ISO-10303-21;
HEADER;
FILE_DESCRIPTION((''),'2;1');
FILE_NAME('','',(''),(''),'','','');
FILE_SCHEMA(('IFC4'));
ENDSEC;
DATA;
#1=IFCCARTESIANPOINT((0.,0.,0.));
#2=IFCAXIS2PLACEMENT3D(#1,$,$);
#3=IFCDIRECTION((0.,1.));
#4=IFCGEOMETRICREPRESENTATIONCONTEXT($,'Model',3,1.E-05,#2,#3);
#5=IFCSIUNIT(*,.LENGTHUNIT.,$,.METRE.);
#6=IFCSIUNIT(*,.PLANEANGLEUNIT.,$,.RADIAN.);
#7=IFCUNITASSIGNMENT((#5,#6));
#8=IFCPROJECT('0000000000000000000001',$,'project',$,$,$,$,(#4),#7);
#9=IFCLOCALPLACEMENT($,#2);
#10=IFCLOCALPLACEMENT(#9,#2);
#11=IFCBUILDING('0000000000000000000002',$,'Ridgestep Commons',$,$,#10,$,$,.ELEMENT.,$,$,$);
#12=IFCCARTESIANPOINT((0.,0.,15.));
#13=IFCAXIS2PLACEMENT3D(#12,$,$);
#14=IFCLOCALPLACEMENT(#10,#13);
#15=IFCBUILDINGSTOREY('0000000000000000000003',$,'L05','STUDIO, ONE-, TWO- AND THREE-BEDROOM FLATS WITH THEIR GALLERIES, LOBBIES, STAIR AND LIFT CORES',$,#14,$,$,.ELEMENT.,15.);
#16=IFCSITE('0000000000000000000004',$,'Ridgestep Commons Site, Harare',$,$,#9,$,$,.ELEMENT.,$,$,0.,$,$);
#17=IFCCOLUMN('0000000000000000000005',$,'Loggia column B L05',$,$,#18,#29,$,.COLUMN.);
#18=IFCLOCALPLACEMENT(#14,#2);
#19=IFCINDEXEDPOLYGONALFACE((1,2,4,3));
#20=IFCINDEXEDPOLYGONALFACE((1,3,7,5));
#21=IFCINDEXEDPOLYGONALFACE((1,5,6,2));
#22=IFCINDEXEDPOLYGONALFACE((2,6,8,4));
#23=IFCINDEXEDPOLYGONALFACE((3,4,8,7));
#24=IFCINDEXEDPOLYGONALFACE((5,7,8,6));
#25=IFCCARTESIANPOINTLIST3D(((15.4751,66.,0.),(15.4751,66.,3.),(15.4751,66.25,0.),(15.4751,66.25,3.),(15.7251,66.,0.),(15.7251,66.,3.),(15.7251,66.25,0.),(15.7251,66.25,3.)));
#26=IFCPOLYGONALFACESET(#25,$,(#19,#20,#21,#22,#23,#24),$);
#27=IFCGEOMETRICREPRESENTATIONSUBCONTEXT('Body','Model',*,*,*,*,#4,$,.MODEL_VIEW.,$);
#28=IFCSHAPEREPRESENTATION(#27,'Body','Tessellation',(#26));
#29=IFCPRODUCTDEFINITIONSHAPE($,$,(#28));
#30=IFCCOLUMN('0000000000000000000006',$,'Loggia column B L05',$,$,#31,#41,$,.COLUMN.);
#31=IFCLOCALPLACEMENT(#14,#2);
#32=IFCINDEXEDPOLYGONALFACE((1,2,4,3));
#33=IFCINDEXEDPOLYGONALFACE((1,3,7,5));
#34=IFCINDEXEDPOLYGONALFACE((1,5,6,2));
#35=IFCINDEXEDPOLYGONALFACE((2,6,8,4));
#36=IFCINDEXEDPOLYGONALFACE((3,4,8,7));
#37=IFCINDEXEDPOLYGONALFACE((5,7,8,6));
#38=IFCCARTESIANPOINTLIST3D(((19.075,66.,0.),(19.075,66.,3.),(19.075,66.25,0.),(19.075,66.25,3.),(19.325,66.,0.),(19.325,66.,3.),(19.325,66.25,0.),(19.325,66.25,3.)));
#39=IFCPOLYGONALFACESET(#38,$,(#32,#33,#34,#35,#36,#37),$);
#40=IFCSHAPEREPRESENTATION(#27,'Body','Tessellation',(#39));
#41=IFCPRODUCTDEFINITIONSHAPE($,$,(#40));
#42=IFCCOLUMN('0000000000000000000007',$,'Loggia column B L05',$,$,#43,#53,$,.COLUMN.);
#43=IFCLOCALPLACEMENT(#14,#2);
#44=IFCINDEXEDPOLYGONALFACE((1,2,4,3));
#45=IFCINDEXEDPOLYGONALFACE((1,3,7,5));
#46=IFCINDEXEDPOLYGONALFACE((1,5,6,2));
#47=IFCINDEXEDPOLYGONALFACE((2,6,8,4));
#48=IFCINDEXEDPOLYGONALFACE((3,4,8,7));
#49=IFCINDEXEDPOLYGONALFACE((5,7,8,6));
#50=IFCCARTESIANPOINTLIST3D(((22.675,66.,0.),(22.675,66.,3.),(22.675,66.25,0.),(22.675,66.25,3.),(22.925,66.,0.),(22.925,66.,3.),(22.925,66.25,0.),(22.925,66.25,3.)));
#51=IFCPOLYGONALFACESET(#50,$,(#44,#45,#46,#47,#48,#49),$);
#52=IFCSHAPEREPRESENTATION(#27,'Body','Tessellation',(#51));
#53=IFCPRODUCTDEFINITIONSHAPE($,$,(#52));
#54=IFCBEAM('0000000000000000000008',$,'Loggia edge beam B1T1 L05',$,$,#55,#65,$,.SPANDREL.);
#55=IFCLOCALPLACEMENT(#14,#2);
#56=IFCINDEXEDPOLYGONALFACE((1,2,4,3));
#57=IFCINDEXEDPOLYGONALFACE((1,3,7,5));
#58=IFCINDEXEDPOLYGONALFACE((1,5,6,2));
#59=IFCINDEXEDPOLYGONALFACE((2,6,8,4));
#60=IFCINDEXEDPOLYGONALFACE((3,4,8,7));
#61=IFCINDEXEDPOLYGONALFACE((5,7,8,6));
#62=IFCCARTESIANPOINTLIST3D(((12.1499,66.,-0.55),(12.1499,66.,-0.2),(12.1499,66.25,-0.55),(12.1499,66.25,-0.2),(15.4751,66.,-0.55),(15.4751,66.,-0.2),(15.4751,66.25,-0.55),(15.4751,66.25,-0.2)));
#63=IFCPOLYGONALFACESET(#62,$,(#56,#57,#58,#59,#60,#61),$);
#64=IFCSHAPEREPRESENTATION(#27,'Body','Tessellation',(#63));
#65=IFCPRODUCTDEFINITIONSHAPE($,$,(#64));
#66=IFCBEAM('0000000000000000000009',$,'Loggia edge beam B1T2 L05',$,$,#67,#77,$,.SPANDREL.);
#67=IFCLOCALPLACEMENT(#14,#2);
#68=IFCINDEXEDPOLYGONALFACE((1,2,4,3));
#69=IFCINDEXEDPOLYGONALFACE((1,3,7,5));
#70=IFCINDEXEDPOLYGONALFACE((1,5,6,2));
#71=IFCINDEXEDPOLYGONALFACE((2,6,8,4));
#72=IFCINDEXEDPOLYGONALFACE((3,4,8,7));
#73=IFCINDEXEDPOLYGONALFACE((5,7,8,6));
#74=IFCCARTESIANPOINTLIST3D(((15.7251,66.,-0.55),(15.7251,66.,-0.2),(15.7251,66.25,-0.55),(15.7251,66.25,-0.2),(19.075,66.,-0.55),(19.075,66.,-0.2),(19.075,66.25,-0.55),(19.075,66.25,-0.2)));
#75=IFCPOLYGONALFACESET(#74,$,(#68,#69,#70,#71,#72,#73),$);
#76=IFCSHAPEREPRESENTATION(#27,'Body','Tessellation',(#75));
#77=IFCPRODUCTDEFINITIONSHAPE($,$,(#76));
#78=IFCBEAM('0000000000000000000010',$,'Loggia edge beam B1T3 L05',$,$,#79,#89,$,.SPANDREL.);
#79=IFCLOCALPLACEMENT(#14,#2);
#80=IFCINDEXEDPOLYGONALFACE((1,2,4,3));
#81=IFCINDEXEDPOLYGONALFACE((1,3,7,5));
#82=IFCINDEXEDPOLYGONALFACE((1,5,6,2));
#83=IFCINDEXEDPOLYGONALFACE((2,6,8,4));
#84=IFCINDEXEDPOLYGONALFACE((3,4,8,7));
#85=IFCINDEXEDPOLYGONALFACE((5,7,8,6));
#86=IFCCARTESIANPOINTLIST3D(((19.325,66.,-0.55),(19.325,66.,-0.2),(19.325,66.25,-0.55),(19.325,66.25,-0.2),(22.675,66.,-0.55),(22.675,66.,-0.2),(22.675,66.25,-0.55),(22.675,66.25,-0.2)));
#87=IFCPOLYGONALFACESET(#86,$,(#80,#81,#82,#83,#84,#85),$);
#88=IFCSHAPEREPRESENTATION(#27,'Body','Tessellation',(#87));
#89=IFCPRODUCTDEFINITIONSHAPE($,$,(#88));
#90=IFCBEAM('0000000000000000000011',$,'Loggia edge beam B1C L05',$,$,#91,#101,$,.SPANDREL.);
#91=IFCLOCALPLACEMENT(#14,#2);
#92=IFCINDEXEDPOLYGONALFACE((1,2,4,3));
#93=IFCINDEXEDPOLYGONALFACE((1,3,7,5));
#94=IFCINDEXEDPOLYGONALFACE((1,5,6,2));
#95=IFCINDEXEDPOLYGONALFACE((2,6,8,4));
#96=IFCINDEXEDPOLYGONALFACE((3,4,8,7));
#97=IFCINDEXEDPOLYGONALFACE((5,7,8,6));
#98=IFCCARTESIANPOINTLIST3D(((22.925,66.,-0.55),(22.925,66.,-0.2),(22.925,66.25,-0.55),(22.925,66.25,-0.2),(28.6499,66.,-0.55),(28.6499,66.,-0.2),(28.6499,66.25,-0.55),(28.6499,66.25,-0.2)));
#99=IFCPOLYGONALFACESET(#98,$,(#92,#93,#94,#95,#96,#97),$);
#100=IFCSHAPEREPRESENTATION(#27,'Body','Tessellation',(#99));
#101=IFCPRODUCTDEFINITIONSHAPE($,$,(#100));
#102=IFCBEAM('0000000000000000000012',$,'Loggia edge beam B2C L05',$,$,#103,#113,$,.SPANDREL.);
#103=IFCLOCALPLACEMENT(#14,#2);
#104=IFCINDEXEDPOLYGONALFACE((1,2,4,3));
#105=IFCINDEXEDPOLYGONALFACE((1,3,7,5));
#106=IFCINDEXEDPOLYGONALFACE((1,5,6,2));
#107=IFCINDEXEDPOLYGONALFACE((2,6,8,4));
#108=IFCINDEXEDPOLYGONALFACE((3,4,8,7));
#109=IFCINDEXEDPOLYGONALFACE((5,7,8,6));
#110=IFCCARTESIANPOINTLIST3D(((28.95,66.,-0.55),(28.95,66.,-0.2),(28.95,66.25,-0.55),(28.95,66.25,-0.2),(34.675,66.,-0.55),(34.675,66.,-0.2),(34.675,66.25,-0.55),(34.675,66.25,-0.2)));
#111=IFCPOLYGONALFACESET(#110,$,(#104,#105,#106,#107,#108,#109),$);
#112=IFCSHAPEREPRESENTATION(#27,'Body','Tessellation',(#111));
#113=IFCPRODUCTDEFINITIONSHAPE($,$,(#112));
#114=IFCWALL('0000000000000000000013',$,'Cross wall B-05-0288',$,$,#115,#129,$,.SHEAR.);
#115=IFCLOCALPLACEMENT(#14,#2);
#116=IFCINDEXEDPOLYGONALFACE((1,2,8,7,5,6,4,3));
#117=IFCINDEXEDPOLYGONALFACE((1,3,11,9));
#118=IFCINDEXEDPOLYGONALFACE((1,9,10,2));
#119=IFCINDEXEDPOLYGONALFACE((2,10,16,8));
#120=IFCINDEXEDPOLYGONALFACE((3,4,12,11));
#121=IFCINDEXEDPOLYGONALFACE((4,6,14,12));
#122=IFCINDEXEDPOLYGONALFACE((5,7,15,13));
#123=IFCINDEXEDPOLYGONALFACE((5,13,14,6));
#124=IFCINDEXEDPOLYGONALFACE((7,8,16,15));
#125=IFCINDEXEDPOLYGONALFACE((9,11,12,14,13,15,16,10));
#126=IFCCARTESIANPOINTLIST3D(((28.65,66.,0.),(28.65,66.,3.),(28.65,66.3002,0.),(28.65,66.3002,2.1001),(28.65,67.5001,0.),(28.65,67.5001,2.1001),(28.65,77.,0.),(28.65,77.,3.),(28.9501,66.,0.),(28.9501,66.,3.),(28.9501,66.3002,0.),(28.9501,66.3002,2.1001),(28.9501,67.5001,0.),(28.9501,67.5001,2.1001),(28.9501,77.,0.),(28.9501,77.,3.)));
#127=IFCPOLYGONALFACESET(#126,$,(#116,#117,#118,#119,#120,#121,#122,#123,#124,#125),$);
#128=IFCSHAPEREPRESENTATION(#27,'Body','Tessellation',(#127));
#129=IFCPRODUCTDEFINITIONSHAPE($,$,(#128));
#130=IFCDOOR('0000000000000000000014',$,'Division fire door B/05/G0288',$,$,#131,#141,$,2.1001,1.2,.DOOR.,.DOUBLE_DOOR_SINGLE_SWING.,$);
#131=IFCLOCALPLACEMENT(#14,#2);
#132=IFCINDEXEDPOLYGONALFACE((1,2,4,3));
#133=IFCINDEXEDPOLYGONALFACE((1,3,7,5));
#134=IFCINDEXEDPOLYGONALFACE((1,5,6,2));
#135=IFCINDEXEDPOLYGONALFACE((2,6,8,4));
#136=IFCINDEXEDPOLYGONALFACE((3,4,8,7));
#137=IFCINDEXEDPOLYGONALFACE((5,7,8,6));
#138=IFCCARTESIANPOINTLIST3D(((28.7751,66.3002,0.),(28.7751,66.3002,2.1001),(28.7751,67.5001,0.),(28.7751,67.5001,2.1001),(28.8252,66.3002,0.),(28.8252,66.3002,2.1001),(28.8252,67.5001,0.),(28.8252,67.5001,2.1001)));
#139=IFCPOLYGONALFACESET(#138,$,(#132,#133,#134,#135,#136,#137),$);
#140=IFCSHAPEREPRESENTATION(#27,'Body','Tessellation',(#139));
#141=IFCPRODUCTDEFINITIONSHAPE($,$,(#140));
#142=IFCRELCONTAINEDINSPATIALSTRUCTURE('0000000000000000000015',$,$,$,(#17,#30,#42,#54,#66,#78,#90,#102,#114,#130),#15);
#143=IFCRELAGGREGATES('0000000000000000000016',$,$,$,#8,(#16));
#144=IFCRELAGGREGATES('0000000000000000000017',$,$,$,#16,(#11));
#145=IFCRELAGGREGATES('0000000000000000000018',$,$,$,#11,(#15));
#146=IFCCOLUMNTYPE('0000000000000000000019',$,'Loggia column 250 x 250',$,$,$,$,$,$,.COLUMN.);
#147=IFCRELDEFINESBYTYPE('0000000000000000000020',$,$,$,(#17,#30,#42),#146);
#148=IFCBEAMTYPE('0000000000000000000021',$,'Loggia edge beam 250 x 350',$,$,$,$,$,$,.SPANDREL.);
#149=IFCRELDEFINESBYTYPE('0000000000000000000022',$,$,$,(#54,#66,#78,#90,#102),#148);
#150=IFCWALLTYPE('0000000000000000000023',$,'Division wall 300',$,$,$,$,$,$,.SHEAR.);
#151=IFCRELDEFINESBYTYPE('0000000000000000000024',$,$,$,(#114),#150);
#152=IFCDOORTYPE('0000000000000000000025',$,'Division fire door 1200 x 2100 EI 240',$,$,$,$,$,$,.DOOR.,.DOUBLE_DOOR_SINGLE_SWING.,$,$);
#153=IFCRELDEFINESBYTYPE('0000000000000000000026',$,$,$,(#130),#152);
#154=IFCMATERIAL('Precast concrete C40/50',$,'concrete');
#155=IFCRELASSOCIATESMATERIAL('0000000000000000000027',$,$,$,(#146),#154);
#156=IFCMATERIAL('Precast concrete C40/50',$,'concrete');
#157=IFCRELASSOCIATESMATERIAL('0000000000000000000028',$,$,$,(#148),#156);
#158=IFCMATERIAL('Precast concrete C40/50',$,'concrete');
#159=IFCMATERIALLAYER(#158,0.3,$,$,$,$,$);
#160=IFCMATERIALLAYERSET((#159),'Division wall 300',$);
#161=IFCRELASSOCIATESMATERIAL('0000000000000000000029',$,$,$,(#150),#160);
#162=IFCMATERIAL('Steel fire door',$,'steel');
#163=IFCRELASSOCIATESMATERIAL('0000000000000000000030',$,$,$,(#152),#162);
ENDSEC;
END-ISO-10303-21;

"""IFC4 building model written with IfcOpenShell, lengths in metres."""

from ifc_helpers import new_model, si_unit, direction, frame, frame_2d, origin, origin_2d, place, context, subcontext, project, spatial, rectangle, extrude, material, layer, layer_set, material_profile, profile_set, type_object, element, fill, save


model = new_model("IFC4")

# Units and contexts
model_context = context("Model", 3, precision=1e-05, world=origin(), true_north=direction((0.0, 1.0)))
body_context = subcontext(model_context, "Body", "Model", "MODEL_VIEW")
ifc_project = project(units=[si_unit("LENGTHUNIT", "METRE"), si_unit("PLANEANGLEUNIT", "RADIAN")], contexts=[model_context])

# Site, building, storey
site_placement = place(None, origin())
site = spatial("IfcSite", under=ifc_project, at=site_placement, Name="Ridgestep Commons Site, Harare", CompositionType="ELEMENT", RefElevation=0.0)
building_placement = place(site_placement, origin())
building = spatial("IfcBuilding", under=site, at=building_placement, Name="Ridgestep Commons", CompositionType="ELEMENT")
storey_placement = place(building_placement, frame((0.0, 0.0, 15.0)))
storey = spatial("IfcBuildingStorey", under=building, at=storey_placement, Name="L05", Description="STUDIO, ONE-, TWO- AND THREE-BEDROOM FLATS WITH THEIR GALLERIES, LOBBIES, STAIR AND LIFT CORES", CompositionType="ELEMENT", Elevation=15.0)

# Columns
ifc_material_1 = material(Name="Precast concrete C40/50", Category="concrete")
ifc_material_profile_1 = material_profile(ifc_material_1, rectangle(XDim=0.25, YDim=0.25, at=origin_2d()), Name="PC 250x250")
ifc_profile_set_1 = profile_set([ifc_material_profile_1], Name="Precast concrete C40/50")
column_type = type_object("IfcColumnType", Name="Loggia column 250 x 250", PredefinedType="COLUMN", material=ifc_profile_set_1)
for number, where, z_axis, x_axis, name in (
    (1, (15.6001, 66.125, 0.0), (0.0, 0.0, 1.0), (1.0, 0.0, 0.0), "Loggia column B L05"),
    (2, (19.2, 66.125, 0.0), (0.0, 0.0, 1.0), (1.0, 0.0, 0.0), "Loggia column B L05"),
    (3, (22.8, 66.125, 0.0), (0.0, 0.0, 1.0), (1.0, 0.0, 0.0), "Loggia column B L05"),
):
    element("IfcColumn", number, at=place(storey_placement, frame(where, z_axis=z_axis, x_axis=x_axis)), inside=storey, type_object=column_type, Name=name, PredefinedType="COLUMN", context=body_context, shape_type="SweptSolid", body=[
        extrude(rectangle(XDim=0.25, YDim=0.25, at=origin_2d()), origin(), (0.0, 0.0, 1.0), 3.0),
    ])

# Beams
ifc_material_2 = material(Name="Precast concrete C40/50", Category="concrete")
ifc_material_profile_2 = material_profile(ifc_material_2, rectangle(XDim=0.25, YDim=0.3501, at=origin_2d()), Name="PC 250x350")
ifc_profile_set_2 = profile_set([ifc_material_profile_2], Name="Precast concrete C40/50")
beam_type = type_object("IfcBeamType", Name="Loggia edge beam 250 x 350", PredefinedType="SPANDREL", material=ifc_profile_set_2)
beam_1_placement = place(storey_placement, frame((12.1499, 66.125, -0.375), z_axis=(1.0, 0.0, 0.0), x_axis=(0.0, 1.0, 0.0)))
element("IfcBeam", 4, at=beam_1_placement, inside=storey, type_object=beam_type, Name="Loggia edge beam B1T1 L05", PredefinedType="SPANDREL", context=body_context, shape_type="SweptSolid", body=[
    extrude(rectangle(XDim=0.25, YDim=0.3501, at=origin_2d()), origin(), (0.0, 0.0, 1.0), 3.3252),
])
beam_2_placement = place(storey_placement, frame((15.7251, 66.125, -0.375), z_axis=(1.0, 0.0, 0.0), x_axis=(0.0, 1.0, 0.0)))
element("IfcBeam", 5, at=beam_2_placement, inside=storey, type_object=beam_type, Name="Loggia edge beam B1T2 L05", PredefinedType="SPANDREL", context=body_context, shape_type="SweptSolid", body=[
    extrude(rectangle(XDim=0.25, YDim=0.3501, at=origin_2d()), origin(), (0.0, 0.0, 1.0), 3.3499),
])
beam_3_placement = place(storey_placement, frame((19.325, 66.125, -0.375), z_axis=(1.0, 0.0, 0.0), x_axis=(0.0, 1.0, 0.0)))
element("IfcBeam", 6, at=beam_3_placement, inside=storey, type_object=beam_type, Name="Loggia edge beam B1T3 L05", PredefinedType="SPANDREL", context=body_context, shape_type="SweptSolid", body=[
    extrude(rectangle(XDim=0.25, YDim=0.3501, at=origin_2d()), origin(), (0.0, 0.0, 1.0), 3.3501),
])
beam_4_placement = place(storey_placement, frame((22.925, 66.125, -0.375), z_axis=(1.0, 0.0, 0.0), x_axis=(0.0, 1.0, 0.0)))
element("IfcBeam", 7, at=beam_4_placement, inside=storey, type_object=beam_type, Name="Loggia edge beam B1C L05", PredefinedType="SPANDREL", context=body_context, shape_type="SweptSolid", body=[
    extrude(rectangle(XDim=0.25, YDim=0.3501, at=origin_2d()), origin(), (0.0, 0.0, 1.0), 5.7249),
])
beam_5_placement = place(storey_placement, frame((28.95, 66.125, -0.375), z_axis=(1.0, 0.0, 0.0), x_axis=(0.0, 1.0, 0.0)))
element("IfcBeam", 8, at=beam_5_placement, inside=storey, type_object=beam_type, Name="Loggia edge beam B2C L05", PredefinedType="SPANDREL", context=body_context, shape_type="SweptSolid", body=[
    extrude(rectangle(XDim=0.25, YDim=0.3501, at=origin_2d()), origin(), (0.0, 0.0, 1.0), 5.7251),
])

# Wall, opening, door
ifc_material_3 = material(Name="Precast concrete C40/50", Category="concrete")
ifc_layer = layer(ifc_material_3, 0.3)
ifc_layer_set = layer_set([ifc_layer], Name="Division wall 300")
wall_type = type_object("IfcWallType", Name="Division wall 300", PredefinedType="SHEAR", material=ifc_layer_set)
wall_placement = place(storey_placement, frame((28.8, 66.0, 0.0), z_axis=(0.0, 0.0, 1.0), x_axis=(0.0, 1.0, 0.0)))
wall = element("IfcWall", 9, at=wall_placement, inside=storey, type_object=wall_type, Name="Cross wall B-05-0288", PredefinedType="SHEAR", context=body_context, shape_type="SweptSolid", body=[
    extrude(rectangle(XDim=11.0, YDim=0.3, at=frame_2d((5.5, 0.0))), origin(), (0.0, 0.0, 1.0), 3.0),
])
opening_placement = place(wall_placement, frame((0.3, 0.0, 0.0)))
opening = element("IfcOpeningElement", 10, at=opening_placement, cuts=wall, PredefinedType="OPENING", context=body_context, shape_type="SweptSolid", body=[
    extrude(rectangle(XDim=1.2, YDim=2.1001, at=frame_2d((0.6001, 1.05))), frame((0.0, 0.1599, 0.0), z_axis=(0.0, -1.0, 0.0), x_axis=(1.0, 0.0, 0.0)), (0.0, 0.0, 1.0), 0.3201),
])
ifc_material_4 = material(Name="Steel fire door", Category="steel")
door_type = type_object("IfcDoorType", Name="Division fire door 1200 x 2100 EI 240", OperationType="DOUBLE_DOOR_SINGLE_SWING", PredefinedType="DOOR", material=ifc_material_4)
door_placement = place(opening_placement, origin())
door = element("IfcDoor", 11, at=door_placement, inside=storey, type_object=door_type, Name="Division fire door B/05/G0288", OperationType="DOUBLE_DOOR_SINGLE_SWING", OverallHeight=2.1001, OverallWidth=1.2, PredefinedType="DOOR", context=body_context, shape_type="SweptSolid", body=[
    extrude(rectangle(XDim=1.2, YDim=2.1001, at=frame_2d((0.6001, 1.05))), frame((0.0, 0.0249, 0.0), z_axis=(0.0, -1.0, 0.0), x_axis=(1.0, 0.0, 0.0)), (0.0, 0.0, 1.0), 0.05),
])
fill(opening, door)

save(model, "model.ifc")
